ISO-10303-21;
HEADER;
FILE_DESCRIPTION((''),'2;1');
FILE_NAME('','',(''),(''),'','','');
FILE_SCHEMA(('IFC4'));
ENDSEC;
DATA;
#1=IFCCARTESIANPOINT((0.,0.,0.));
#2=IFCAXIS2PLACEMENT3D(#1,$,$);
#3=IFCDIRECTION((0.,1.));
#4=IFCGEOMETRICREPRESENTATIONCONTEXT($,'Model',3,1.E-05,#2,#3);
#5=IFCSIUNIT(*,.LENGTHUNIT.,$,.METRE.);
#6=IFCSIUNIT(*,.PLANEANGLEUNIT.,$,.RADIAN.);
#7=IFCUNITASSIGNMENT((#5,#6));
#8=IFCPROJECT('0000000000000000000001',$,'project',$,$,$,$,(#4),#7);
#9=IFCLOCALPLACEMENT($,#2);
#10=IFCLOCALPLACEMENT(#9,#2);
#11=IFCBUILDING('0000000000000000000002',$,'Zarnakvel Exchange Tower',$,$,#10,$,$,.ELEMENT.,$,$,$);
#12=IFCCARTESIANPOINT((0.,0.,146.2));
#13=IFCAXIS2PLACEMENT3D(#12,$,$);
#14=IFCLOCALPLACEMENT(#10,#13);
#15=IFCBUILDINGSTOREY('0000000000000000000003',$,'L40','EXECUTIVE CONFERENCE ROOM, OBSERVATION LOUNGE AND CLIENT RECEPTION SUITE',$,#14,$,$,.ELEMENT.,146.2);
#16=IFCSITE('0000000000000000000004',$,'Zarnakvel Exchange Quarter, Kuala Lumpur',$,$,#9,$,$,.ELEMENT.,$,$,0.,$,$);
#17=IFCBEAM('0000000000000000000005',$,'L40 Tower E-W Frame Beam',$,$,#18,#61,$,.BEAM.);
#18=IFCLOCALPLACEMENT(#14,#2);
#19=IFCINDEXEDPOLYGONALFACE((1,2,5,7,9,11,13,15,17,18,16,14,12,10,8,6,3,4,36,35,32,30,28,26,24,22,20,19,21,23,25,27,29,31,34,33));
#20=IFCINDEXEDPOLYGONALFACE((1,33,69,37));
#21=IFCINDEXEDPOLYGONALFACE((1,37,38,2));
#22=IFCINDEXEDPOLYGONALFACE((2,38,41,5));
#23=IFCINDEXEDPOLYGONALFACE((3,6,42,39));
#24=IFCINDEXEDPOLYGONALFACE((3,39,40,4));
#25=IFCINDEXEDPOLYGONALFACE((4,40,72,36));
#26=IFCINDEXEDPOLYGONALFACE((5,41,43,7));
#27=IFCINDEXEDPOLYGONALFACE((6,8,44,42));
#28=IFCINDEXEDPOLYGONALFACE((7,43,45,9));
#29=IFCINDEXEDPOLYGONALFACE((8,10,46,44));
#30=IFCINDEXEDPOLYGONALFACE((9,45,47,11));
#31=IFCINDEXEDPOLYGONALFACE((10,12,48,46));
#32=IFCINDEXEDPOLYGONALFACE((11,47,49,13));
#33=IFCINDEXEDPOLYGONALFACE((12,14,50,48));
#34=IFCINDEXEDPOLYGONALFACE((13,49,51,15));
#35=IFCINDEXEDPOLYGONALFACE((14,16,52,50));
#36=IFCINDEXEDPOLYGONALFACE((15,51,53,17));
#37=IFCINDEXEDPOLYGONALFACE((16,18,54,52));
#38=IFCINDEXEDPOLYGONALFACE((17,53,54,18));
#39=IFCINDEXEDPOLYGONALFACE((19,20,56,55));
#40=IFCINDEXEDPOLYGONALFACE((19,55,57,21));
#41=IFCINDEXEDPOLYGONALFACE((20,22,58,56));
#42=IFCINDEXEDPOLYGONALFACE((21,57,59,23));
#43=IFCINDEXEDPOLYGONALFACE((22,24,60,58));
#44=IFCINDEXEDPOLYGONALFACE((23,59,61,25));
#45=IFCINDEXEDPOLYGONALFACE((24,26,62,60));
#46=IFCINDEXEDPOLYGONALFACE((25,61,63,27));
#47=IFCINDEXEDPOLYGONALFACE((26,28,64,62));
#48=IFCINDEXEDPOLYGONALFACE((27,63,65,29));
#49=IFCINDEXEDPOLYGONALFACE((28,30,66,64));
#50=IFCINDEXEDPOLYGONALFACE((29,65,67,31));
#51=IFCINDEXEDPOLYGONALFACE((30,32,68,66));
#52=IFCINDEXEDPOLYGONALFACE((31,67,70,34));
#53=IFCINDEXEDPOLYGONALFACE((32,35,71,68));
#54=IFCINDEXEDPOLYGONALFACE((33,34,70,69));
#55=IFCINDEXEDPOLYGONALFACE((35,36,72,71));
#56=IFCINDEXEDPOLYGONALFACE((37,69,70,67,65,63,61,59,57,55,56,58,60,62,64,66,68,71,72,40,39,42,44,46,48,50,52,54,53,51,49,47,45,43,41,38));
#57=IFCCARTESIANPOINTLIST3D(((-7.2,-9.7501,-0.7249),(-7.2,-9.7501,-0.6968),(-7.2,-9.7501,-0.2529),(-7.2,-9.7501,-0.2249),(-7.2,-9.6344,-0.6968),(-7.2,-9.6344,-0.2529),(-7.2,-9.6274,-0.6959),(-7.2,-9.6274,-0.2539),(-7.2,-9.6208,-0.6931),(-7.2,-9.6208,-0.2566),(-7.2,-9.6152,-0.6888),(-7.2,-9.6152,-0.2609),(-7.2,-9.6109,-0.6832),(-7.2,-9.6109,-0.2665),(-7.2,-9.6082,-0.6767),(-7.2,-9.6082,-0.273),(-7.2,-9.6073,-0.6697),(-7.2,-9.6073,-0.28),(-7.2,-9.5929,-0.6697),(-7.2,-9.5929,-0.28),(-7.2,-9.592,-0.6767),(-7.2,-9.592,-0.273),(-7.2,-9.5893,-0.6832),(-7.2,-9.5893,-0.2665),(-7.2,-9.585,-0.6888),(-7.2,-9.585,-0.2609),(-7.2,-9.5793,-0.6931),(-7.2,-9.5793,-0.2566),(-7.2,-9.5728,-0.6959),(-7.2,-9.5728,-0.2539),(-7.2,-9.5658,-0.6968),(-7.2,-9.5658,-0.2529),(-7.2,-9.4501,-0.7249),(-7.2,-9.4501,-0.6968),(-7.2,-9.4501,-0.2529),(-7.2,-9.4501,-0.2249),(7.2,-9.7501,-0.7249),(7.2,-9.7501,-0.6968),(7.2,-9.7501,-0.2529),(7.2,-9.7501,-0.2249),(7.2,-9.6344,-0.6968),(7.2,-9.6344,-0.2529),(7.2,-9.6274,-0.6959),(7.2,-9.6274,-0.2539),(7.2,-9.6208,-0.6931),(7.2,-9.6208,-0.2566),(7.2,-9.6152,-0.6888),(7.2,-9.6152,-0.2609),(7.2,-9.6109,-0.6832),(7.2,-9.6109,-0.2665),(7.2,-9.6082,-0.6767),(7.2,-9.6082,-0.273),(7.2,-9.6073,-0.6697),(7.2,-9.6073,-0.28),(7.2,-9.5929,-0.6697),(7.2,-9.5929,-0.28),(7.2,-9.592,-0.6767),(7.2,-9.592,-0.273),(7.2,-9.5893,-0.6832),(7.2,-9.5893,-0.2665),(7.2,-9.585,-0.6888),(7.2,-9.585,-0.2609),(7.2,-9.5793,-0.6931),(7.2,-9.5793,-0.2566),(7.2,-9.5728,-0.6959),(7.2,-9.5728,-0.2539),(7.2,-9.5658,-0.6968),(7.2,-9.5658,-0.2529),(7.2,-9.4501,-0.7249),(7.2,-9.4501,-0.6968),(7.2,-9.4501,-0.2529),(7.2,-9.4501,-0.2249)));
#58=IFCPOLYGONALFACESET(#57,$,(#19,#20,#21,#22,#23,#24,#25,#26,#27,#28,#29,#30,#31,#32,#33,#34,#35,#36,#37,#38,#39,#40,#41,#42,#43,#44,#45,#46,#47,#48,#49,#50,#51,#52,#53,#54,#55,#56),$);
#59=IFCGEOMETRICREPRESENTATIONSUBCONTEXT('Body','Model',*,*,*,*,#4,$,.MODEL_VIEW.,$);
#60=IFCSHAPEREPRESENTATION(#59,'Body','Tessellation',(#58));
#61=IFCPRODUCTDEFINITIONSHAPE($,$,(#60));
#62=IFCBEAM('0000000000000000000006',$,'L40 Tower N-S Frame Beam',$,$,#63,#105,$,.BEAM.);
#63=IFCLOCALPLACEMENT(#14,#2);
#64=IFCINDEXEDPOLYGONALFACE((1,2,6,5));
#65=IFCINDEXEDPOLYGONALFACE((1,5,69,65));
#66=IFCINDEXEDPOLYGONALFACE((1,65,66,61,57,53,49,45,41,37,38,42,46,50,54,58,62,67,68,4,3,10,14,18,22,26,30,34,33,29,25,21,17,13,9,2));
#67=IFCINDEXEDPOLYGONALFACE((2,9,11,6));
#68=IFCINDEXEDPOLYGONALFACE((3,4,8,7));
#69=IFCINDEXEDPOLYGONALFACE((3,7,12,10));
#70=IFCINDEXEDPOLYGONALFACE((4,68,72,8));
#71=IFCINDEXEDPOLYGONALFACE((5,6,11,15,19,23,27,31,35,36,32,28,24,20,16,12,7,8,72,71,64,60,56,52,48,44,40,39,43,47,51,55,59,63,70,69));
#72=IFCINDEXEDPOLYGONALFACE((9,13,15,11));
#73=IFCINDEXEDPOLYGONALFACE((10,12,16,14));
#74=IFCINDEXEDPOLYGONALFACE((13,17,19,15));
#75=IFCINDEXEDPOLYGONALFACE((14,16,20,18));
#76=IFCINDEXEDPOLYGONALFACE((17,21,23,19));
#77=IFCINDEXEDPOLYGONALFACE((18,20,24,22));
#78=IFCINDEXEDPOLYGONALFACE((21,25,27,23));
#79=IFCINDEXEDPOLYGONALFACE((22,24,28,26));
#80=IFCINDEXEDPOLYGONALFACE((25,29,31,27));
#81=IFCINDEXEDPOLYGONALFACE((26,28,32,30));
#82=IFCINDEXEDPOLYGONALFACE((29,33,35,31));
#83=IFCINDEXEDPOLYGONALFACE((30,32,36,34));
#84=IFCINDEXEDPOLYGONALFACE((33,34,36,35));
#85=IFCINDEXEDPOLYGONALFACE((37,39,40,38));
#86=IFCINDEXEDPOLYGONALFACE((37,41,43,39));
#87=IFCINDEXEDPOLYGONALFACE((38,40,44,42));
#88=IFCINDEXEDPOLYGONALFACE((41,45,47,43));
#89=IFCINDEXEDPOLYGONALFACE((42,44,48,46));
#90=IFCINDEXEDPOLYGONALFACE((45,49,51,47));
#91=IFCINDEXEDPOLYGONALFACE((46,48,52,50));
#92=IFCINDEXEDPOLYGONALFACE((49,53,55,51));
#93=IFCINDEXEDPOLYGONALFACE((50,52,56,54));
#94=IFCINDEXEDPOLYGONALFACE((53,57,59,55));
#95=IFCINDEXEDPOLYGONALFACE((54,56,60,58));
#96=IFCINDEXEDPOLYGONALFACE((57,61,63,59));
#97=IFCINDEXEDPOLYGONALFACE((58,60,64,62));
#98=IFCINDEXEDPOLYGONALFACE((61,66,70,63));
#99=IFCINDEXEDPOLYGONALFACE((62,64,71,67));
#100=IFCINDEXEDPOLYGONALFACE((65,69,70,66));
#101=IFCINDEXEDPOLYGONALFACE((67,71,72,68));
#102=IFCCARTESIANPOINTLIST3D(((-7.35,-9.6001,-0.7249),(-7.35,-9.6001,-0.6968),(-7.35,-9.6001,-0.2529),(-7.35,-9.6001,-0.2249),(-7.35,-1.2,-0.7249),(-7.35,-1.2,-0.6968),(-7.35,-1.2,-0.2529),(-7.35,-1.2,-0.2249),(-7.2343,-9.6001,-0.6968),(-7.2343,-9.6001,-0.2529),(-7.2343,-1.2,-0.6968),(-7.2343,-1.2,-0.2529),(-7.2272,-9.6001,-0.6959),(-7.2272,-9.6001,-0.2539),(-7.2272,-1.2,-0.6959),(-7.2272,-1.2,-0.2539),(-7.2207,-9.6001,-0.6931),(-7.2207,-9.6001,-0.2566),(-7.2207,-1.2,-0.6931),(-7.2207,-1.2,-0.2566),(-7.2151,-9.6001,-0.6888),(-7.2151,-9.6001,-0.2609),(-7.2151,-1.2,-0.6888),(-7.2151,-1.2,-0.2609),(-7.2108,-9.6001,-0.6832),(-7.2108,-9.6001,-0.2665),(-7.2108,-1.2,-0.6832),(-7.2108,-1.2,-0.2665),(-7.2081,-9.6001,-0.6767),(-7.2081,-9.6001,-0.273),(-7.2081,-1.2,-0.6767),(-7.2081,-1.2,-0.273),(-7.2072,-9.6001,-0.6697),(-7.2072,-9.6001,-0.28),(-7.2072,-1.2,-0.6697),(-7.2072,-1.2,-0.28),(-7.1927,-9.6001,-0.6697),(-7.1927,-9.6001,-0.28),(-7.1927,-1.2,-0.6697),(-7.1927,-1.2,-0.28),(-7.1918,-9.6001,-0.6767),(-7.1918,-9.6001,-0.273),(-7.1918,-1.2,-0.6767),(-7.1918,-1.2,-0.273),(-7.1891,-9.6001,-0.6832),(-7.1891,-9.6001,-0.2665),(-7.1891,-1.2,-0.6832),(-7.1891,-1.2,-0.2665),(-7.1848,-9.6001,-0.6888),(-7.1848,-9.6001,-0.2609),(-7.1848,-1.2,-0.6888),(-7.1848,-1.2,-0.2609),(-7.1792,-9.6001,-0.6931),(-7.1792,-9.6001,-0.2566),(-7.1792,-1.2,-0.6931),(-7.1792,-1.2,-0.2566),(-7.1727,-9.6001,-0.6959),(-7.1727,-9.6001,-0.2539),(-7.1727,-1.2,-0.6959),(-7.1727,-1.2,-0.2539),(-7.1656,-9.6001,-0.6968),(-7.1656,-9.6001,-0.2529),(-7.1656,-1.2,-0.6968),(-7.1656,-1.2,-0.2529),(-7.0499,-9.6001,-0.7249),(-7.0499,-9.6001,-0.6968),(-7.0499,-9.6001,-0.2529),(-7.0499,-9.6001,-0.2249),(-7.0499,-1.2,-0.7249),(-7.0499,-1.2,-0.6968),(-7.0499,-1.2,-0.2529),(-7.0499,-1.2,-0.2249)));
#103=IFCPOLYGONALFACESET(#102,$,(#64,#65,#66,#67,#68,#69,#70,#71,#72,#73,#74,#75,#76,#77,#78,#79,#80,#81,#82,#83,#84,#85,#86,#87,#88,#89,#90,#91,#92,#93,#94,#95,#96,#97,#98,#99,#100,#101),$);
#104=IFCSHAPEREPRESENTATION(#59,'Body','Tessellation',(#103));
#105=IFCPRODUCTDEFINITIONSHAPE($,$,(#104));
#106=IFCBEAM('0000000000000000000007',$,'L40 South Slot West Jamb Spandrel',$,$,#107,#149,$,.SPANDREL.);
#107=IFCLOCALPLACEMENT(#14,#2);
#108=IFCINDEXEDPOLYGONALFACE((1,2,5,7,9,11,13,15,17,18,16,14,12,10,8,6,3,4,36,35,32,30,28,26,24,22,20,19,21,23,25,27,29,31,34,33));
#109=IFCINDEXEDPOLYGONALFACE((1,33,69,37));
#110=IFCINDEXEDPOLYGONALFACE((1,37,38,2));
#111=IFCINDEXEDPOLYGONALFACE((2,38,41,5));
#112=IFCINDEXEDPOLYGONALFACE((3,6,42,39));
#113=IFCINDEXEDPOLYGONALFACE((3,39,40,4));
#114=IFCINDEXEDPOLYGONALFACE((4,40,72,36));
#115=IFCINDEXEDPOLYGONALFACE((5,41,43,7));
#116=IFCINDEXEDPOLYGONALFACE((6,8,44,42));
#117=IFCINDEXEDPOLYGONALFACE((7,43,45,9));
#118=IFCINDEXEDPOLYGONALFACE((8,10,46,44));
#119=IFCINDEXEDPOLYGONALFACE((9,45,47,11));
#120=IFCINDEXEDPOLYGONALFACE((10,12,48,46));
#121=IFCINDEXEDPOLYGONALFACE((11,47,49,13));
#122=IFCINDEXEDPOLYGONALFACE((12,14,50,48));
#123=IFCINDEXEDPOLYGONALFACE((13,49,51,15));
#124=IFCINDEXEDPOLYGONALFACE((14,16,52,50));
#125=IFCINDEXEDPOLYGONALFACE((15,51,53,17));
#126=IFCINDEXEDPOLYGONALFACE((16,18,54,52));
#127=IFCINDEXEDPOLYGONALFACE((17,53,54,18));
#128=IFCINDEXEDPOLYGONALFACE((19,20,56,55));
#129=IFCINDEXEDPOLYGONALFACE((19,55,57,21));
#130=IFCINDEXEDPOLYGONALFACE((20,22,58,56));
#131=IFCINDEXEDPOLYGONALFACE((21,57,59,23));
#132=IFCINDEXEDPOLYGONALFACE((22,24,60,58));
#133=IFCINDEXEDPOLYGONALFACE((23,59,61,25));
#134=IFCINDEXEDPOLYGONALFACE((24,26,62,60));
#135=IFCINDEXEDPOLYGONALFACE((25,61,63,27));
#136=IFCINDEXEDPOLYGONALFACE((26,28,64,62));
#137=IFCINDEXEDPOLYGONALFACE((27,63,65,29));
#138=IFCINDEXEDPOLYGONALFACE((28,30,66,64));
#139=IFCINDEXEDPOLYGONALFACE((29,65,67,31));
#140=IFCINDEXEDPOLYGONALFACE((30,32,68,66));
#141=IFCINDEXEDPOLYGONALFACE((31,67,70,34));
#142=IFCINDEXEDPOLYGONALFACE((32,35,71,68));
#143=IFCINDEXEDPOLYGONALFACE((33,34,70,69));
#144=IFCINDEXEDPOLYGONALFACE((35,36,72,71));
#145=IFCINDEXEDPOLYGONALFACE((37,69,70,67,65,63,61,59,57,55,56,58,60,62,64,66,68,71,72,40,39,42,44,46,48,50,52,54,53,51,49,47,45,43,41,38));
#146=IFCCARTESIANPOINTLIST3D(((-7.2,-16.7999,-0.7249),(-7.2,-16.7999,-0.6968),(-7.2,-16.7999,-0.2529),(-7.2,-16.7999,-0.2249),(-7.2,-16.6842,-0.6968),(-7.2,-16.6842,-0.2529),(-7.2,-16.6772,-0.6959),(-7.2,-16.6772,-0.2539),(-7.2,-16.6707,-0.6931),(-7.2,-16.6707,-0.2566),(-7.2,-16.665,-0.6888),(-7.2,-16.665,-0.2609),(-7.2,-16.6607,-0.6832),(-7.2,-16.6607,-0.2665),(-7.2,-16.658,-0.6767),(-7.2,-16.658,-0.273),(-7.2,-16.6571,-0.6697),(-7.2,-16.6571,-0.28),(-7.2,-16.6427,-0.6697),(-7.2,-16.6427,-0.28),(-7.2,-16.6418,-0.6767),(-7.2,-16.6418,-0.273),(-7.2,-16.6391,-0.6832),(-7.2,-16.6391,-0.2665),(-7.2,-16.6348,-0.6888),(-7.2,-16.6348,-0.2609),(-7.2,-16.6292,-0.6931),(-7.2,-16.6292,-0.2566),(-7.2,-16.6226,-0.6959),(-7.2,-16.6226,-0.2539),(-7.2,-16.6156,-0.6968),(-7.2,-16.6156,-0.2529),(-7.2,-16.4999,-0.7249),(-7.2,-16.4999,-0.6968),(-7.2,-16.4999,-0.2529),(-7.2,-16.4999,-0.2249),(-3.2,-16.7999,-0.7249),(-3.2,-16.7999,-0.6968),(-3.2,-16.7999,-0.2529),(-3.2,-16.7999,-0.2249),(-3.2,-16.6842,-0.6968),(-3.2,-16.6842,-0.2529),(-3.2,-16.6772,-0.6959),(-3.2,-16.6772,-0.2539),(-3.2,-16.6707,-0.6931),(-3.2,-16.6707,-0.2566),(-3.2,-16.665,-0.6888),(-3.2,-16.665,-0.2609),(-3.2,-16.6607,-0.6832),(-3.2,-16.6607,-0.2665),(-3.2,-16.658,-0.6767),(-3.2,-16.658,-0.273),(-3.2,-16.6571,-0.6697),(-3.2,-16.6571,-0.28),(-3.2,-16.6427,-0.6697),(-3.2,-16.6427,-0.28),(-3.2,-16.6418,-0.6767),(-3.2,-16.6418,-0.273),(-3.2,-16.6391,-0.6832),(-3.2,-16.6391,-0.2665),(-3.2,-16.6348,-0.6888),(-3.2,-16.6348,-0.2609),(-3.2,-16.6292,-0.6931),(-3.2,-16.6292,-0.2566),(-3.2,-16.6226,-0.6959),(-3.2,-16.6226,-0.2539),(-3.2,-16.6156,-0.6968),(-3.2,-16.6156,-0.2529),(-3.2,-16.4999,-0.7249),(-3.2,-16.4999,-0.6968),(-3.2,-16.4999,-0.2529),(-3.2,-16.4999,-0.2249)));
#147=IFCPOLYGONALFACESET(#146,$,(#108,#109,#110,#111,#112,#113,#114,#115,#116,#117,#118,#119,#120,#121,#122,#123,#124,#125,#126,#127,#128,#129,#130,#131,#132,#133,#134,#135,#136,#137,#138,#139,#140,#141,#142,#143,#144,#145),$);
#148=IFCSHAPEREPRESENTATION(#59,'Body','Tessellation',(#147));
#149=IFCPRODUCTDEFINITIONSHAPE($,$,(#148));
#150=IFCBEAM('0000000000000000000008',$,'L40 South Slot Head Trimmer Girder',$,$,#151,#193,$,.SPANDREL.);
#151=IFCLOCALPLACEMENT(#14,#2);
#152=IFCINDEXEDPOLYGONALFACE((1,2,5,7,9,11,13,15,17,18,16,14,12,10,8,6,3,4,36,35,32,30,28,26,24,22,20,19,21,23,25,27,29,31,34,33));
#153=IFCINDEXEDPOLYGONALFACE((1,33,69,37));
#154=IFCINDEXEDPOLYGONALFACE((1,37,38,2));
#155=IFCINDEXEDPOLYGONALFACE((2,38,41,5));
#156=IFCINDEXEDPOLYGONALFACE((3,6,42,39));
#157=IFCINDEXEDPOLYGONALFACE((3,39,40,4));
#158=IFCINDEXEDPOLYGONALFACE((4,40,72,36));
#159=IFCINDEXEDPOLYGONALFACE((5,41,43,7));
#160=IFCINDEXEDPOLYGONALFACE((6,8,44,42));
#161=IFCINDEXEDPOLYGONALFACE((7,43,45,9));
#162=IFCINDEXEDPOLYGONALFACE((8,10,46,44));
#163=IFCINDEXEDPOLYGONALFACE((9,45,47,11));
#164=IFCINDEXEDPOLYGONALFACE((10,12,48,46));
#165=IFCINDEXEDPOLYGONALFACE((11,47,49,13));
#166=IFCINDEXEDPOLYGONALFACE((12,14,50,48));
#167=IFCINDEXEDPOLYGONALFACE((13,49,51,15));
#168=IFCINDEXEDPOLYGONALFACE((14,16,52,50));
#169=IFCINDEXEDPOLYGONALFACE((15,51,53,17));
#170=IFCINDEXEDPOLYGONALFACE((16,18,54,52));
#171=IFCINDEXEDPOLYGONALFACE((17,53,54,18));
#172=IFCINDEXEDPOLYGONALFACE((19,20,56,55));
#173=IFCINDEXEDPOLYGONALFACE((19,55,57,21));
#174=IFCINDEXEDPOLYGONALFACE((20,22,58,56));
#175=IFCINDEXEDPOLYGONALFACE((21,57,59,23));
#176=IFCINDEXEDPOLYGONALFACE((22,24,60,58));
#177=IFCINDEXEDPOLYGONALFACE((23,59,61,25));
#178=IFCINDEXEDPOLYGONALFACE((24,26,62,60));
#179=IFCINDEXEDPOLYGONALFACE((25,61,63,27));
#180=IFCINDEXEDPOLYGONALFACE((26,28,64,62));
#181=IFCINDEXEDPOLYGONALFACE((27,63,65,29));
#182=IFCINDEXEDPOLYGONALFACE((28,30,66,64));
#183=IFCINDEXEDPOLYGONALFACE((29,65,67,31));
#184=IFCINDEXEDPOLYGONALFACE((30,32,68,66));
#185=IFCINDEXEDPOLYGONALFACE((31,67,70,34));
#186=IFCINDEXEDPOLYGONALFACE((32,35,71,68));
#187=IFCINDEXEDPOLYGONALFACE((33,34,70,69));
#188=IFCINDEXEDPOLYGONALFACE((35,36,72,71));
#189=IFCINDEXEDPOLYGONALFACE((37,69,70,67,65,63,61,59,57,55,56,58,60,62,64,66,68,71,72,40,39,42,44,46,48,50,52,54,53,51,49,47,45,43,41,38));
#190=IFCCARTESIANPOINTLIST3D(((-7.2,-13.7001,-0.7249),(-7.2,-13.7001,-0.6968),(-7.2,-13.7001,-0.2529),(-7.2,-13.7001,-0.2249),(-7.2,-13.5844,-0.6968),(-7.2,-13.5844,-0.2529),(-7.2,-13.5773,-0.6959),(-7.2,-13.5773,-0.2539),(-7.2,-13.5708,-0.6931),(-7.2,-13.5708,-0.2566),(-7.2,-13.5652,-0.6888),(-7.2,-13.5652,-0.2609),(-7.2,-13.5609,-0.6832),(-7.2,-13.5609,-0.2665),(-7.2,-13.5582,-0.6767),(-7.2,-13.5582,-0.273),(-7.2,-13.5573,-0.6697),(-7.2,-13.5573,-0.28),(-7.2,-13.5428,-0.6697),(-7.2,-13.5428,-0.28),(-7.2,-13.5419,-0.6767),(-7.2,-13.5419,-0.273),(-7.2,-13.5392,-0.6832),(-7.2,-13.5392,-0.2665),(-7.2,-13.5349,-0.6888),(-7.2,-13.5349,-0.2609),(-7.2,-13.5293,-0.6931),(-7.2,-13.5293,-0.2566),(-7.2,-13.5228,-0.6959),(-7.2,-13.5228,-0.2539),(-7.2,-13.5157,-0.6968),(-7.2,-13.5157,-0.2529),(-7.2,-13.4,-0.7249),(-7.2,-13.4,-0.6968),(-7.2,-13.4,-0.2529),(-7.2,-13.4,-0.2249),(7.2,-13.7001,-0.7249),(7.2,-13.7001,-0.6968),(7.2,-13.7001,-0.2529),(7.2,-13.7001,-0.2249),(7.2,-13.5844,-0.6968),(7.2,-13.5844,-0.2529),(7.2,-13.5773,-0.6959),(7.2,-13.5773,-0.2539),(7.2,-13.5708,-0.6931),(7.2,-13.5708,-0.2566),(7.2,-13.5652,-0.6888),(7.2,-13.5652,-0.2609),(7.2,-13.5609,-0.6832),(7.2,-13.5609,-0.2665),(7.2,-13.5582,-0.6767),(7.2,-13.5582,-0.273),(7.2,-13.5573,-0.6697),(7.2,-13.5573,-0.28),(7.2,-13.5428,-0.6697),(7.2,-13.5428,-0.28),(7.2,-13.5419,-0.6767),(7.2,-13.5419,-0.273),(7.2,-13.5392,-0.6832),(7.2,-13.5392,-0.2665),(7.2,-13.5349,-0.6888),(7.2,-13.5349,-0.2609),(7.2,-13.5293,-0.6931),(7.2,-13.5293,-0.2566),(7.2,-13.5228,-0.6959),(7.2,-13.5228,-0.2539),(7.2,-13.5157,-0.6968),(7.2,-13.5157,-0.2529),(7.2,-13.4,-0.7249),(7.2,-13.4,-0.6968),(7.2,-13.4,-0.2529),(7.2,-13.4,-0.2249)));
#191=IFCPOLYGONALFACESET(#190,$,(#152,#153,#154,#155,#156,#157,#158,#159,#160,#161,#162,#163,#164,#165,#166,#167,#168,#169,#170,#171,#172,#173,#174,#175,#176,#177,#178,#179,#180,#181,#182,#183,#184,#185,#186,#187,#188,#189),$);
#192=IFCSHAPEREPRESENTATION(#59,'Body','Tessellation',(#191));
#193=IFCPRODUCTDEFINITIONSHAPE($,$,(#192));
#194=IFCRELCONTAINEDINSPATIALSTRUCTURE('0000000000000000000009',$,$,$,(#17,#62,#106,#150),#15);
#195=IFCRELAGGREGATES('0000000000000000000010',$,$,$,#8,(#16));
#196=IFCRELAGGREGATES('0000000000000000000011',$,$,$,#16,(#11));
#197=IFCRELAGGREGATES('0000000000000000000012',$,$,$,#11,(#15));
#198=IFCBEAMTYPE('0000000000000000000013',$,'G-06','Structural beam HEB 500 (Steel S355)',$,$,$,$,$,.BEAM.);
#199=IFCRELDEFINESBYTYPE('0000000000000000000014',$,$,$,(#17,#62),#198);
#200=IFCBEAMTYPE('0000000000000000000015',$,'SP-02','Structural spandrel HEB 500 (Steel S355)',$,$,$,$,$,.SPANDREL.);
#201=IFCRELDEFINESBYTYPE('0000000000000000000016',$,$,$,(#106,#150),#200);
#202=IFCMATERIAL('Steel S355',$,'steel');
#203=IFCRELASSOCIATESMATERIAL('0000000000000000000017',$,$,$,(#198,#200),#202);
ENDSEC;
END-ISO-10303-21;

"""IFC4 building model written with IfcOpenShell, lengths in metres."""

from ifc_helpers import new_model, si_unit, direction, frame, origin, origin_2d, place, context, subcontext, project, spatial, i_section, extrude, material, material_profile, profile_set, type_object, element, save


model = new_model("IFC4")

# Units and contexts
model_context = context("Model", 3, precision=1e-05, world=origin(), true_north=direction((0.0, 1.0)))
body_context = subcontext(model_context, "Body", "Model", "MODEL_VIEW")
ifc_project = project(units=[si_unit("LENGTHUNIT", "METRE"), si_unit("PLANEANGLEUNIT", "RADIAN")], contexts=[model_context])

# Site, building, storey
site_placement = place(None, origin())
site = spatial("IfcSite", under=ifc_project, at=site_placement, Name="Zarnakvel Exchange Quarter, Kuala Lumpur", CompositionType="ELEMENT", RefElevation=0.0)
building_placement = place(site_placement, origin())
building = spatial("IfcBuilding", under=site, at=building_placement, Name="Zarnakvel Exchange Tower", CompositionType="ELEMENT")
storey_placement = place(building_placement, frame((0.0, 0.0, 146.2)))
storey = spatial("IfcBuildingStorey", under=building, at=storey_placement, Name="L40", Description="EXECUTIVE CONFERENCE ROOM, OBSERVATION LOUNGE AND CLIENT RECEPTION SUITE", CompositionType="ELEMENT", Elevation=146.2)

# Beams
ifc_material_1 = material(Name="Steel S355", Category="steel")
ifc_material_profile_1 = material_profile(ifc_material_1, i_section(OverallWidth=0.3, OverallDepth=0.5, WebThickness=0.0144, FlangeThickness=0.0281, FilletRadius=0.0271, at=origin_2d()))
ifc_profile_set_1 = profile_set([ifc_material_profile_1], Name="Steel S355")
beam_type_1 = type_object("IfcBeamType", Name="G-06", Description="Structural beam HEB 500 (Steel S355)", PredefinedType="BEAM", material=ifc_profile_set_1)
beam_1_placement = place(storey_placement, frame((-7.2, -9.6001, -0.4749), z_axis=(1.0, 0.0, 0.0), x_axis=(0.0, 1.0, 0.0)))
element("IfcBeam", 1, at=beam_1_placement, inside=storey, type_object=beam_type_1, Name="L40 Tower E-W Frame Beam", PredefinedType="BEAM", context=body_context, shape_type="SweptSolid", body=[
    extrude(i_section(OverallWidth=0.3, OverallDepth=0.5, WebThickness=0.0144, FlangeThickness=0.0281, FilletRadius=0.0271, at=origin_2d()), origin(), (0.0, 0.0, 1.0), 14.3999),
])
beam_2_placement = place(storey_placement, frame((-7.2, -9.6001, -0.4749), z_axis=(0.0, 1.0, 0.0), x_axis=(-1.0, 0.0, 0.0)))
element("IfcBeam", 2, at=beam_2_placement, inside=storey, type_object=beam_type_1, Name="L40 Tower N-S Frame Beam", PredefinedType="BEAM", context=body_context, shape_type="SweptSolid", body=[
    extrude(i_section(OverallWidth=0.3, OverallDepth=0.5, WebThickness=0.0144, FlangeThickness=0.0281, FilletRadius=0.0271, at=origin_2d()), origin(), (0.0, 0.0, 1.0), 8.4001),
])
ifc_material_profile_2 = material_profile(ifc_material_1, i_section(OverallWidth=0.3, OverallDepth=0.5, WebThickness=0.0144, FlangeThickness=0.0281, FilletRadius=0.0271, at=origin_2d()))
ifc_profile_set_2 = profile_set([ifc_material_profile_2], Name="Steel S355")
beam_type_2 = type_object("IfcBeamType", Name="SP-02", Description="Structural spandrel HEB 500 (Steel S355)", PredefinedType="SPANDREL", material=ifc_profile_set_2)
beam_3_placement = place(storey_placement, frame((-7.2, -16.6499, -0.4749), z_axis=(1.0, 0.0, 0.0), x_axis=(0.0, 1.0, 0.0)))
element("IfcBeam", 3, at=beam_3_placement, inside=storey, type_object=beam_type_2, Name="L40 South Slot West Jamb Spandrel", PredefinedType="SPANDREL", context=body_context, shape_type="SweptSolid", body=[
    extrude(i_section(OverallWidth=0.3, OverallDepth=0.5, WebThickness=0.0144, FlangeThickness=0.0281, FilletRadius=0.0271, at=origin_2d()), origin(), (0.0, 0.0, 1.0), 4.0),
])
beam_4_placement = place(storey_placement, frame((-7.2, -13.55, -0.4749), z_axis=(1.0, 0.0, 0.0), x_axis=(0.0, 1.0, 0.0)))
element("IfcBeam", 4, at=beam_4_placement, inside=storey, type_object=beam_type_2, Name="L40 South Slot Head Trimmer Girder", PredefinedType="SPANDREL", context=body_context, shape_type="SweptSolid", body=[
    extrude(i_section(OverallWidth=0.3, OverallDepth=0.5, WebThickness=0.0144, FlangeThickness=0.0281, FilletRadius=0.0271, at=origin_2d()), origin(), (0.0, 0.0, 1.0), 14.3999),
])

save(model, "model.ifc")
